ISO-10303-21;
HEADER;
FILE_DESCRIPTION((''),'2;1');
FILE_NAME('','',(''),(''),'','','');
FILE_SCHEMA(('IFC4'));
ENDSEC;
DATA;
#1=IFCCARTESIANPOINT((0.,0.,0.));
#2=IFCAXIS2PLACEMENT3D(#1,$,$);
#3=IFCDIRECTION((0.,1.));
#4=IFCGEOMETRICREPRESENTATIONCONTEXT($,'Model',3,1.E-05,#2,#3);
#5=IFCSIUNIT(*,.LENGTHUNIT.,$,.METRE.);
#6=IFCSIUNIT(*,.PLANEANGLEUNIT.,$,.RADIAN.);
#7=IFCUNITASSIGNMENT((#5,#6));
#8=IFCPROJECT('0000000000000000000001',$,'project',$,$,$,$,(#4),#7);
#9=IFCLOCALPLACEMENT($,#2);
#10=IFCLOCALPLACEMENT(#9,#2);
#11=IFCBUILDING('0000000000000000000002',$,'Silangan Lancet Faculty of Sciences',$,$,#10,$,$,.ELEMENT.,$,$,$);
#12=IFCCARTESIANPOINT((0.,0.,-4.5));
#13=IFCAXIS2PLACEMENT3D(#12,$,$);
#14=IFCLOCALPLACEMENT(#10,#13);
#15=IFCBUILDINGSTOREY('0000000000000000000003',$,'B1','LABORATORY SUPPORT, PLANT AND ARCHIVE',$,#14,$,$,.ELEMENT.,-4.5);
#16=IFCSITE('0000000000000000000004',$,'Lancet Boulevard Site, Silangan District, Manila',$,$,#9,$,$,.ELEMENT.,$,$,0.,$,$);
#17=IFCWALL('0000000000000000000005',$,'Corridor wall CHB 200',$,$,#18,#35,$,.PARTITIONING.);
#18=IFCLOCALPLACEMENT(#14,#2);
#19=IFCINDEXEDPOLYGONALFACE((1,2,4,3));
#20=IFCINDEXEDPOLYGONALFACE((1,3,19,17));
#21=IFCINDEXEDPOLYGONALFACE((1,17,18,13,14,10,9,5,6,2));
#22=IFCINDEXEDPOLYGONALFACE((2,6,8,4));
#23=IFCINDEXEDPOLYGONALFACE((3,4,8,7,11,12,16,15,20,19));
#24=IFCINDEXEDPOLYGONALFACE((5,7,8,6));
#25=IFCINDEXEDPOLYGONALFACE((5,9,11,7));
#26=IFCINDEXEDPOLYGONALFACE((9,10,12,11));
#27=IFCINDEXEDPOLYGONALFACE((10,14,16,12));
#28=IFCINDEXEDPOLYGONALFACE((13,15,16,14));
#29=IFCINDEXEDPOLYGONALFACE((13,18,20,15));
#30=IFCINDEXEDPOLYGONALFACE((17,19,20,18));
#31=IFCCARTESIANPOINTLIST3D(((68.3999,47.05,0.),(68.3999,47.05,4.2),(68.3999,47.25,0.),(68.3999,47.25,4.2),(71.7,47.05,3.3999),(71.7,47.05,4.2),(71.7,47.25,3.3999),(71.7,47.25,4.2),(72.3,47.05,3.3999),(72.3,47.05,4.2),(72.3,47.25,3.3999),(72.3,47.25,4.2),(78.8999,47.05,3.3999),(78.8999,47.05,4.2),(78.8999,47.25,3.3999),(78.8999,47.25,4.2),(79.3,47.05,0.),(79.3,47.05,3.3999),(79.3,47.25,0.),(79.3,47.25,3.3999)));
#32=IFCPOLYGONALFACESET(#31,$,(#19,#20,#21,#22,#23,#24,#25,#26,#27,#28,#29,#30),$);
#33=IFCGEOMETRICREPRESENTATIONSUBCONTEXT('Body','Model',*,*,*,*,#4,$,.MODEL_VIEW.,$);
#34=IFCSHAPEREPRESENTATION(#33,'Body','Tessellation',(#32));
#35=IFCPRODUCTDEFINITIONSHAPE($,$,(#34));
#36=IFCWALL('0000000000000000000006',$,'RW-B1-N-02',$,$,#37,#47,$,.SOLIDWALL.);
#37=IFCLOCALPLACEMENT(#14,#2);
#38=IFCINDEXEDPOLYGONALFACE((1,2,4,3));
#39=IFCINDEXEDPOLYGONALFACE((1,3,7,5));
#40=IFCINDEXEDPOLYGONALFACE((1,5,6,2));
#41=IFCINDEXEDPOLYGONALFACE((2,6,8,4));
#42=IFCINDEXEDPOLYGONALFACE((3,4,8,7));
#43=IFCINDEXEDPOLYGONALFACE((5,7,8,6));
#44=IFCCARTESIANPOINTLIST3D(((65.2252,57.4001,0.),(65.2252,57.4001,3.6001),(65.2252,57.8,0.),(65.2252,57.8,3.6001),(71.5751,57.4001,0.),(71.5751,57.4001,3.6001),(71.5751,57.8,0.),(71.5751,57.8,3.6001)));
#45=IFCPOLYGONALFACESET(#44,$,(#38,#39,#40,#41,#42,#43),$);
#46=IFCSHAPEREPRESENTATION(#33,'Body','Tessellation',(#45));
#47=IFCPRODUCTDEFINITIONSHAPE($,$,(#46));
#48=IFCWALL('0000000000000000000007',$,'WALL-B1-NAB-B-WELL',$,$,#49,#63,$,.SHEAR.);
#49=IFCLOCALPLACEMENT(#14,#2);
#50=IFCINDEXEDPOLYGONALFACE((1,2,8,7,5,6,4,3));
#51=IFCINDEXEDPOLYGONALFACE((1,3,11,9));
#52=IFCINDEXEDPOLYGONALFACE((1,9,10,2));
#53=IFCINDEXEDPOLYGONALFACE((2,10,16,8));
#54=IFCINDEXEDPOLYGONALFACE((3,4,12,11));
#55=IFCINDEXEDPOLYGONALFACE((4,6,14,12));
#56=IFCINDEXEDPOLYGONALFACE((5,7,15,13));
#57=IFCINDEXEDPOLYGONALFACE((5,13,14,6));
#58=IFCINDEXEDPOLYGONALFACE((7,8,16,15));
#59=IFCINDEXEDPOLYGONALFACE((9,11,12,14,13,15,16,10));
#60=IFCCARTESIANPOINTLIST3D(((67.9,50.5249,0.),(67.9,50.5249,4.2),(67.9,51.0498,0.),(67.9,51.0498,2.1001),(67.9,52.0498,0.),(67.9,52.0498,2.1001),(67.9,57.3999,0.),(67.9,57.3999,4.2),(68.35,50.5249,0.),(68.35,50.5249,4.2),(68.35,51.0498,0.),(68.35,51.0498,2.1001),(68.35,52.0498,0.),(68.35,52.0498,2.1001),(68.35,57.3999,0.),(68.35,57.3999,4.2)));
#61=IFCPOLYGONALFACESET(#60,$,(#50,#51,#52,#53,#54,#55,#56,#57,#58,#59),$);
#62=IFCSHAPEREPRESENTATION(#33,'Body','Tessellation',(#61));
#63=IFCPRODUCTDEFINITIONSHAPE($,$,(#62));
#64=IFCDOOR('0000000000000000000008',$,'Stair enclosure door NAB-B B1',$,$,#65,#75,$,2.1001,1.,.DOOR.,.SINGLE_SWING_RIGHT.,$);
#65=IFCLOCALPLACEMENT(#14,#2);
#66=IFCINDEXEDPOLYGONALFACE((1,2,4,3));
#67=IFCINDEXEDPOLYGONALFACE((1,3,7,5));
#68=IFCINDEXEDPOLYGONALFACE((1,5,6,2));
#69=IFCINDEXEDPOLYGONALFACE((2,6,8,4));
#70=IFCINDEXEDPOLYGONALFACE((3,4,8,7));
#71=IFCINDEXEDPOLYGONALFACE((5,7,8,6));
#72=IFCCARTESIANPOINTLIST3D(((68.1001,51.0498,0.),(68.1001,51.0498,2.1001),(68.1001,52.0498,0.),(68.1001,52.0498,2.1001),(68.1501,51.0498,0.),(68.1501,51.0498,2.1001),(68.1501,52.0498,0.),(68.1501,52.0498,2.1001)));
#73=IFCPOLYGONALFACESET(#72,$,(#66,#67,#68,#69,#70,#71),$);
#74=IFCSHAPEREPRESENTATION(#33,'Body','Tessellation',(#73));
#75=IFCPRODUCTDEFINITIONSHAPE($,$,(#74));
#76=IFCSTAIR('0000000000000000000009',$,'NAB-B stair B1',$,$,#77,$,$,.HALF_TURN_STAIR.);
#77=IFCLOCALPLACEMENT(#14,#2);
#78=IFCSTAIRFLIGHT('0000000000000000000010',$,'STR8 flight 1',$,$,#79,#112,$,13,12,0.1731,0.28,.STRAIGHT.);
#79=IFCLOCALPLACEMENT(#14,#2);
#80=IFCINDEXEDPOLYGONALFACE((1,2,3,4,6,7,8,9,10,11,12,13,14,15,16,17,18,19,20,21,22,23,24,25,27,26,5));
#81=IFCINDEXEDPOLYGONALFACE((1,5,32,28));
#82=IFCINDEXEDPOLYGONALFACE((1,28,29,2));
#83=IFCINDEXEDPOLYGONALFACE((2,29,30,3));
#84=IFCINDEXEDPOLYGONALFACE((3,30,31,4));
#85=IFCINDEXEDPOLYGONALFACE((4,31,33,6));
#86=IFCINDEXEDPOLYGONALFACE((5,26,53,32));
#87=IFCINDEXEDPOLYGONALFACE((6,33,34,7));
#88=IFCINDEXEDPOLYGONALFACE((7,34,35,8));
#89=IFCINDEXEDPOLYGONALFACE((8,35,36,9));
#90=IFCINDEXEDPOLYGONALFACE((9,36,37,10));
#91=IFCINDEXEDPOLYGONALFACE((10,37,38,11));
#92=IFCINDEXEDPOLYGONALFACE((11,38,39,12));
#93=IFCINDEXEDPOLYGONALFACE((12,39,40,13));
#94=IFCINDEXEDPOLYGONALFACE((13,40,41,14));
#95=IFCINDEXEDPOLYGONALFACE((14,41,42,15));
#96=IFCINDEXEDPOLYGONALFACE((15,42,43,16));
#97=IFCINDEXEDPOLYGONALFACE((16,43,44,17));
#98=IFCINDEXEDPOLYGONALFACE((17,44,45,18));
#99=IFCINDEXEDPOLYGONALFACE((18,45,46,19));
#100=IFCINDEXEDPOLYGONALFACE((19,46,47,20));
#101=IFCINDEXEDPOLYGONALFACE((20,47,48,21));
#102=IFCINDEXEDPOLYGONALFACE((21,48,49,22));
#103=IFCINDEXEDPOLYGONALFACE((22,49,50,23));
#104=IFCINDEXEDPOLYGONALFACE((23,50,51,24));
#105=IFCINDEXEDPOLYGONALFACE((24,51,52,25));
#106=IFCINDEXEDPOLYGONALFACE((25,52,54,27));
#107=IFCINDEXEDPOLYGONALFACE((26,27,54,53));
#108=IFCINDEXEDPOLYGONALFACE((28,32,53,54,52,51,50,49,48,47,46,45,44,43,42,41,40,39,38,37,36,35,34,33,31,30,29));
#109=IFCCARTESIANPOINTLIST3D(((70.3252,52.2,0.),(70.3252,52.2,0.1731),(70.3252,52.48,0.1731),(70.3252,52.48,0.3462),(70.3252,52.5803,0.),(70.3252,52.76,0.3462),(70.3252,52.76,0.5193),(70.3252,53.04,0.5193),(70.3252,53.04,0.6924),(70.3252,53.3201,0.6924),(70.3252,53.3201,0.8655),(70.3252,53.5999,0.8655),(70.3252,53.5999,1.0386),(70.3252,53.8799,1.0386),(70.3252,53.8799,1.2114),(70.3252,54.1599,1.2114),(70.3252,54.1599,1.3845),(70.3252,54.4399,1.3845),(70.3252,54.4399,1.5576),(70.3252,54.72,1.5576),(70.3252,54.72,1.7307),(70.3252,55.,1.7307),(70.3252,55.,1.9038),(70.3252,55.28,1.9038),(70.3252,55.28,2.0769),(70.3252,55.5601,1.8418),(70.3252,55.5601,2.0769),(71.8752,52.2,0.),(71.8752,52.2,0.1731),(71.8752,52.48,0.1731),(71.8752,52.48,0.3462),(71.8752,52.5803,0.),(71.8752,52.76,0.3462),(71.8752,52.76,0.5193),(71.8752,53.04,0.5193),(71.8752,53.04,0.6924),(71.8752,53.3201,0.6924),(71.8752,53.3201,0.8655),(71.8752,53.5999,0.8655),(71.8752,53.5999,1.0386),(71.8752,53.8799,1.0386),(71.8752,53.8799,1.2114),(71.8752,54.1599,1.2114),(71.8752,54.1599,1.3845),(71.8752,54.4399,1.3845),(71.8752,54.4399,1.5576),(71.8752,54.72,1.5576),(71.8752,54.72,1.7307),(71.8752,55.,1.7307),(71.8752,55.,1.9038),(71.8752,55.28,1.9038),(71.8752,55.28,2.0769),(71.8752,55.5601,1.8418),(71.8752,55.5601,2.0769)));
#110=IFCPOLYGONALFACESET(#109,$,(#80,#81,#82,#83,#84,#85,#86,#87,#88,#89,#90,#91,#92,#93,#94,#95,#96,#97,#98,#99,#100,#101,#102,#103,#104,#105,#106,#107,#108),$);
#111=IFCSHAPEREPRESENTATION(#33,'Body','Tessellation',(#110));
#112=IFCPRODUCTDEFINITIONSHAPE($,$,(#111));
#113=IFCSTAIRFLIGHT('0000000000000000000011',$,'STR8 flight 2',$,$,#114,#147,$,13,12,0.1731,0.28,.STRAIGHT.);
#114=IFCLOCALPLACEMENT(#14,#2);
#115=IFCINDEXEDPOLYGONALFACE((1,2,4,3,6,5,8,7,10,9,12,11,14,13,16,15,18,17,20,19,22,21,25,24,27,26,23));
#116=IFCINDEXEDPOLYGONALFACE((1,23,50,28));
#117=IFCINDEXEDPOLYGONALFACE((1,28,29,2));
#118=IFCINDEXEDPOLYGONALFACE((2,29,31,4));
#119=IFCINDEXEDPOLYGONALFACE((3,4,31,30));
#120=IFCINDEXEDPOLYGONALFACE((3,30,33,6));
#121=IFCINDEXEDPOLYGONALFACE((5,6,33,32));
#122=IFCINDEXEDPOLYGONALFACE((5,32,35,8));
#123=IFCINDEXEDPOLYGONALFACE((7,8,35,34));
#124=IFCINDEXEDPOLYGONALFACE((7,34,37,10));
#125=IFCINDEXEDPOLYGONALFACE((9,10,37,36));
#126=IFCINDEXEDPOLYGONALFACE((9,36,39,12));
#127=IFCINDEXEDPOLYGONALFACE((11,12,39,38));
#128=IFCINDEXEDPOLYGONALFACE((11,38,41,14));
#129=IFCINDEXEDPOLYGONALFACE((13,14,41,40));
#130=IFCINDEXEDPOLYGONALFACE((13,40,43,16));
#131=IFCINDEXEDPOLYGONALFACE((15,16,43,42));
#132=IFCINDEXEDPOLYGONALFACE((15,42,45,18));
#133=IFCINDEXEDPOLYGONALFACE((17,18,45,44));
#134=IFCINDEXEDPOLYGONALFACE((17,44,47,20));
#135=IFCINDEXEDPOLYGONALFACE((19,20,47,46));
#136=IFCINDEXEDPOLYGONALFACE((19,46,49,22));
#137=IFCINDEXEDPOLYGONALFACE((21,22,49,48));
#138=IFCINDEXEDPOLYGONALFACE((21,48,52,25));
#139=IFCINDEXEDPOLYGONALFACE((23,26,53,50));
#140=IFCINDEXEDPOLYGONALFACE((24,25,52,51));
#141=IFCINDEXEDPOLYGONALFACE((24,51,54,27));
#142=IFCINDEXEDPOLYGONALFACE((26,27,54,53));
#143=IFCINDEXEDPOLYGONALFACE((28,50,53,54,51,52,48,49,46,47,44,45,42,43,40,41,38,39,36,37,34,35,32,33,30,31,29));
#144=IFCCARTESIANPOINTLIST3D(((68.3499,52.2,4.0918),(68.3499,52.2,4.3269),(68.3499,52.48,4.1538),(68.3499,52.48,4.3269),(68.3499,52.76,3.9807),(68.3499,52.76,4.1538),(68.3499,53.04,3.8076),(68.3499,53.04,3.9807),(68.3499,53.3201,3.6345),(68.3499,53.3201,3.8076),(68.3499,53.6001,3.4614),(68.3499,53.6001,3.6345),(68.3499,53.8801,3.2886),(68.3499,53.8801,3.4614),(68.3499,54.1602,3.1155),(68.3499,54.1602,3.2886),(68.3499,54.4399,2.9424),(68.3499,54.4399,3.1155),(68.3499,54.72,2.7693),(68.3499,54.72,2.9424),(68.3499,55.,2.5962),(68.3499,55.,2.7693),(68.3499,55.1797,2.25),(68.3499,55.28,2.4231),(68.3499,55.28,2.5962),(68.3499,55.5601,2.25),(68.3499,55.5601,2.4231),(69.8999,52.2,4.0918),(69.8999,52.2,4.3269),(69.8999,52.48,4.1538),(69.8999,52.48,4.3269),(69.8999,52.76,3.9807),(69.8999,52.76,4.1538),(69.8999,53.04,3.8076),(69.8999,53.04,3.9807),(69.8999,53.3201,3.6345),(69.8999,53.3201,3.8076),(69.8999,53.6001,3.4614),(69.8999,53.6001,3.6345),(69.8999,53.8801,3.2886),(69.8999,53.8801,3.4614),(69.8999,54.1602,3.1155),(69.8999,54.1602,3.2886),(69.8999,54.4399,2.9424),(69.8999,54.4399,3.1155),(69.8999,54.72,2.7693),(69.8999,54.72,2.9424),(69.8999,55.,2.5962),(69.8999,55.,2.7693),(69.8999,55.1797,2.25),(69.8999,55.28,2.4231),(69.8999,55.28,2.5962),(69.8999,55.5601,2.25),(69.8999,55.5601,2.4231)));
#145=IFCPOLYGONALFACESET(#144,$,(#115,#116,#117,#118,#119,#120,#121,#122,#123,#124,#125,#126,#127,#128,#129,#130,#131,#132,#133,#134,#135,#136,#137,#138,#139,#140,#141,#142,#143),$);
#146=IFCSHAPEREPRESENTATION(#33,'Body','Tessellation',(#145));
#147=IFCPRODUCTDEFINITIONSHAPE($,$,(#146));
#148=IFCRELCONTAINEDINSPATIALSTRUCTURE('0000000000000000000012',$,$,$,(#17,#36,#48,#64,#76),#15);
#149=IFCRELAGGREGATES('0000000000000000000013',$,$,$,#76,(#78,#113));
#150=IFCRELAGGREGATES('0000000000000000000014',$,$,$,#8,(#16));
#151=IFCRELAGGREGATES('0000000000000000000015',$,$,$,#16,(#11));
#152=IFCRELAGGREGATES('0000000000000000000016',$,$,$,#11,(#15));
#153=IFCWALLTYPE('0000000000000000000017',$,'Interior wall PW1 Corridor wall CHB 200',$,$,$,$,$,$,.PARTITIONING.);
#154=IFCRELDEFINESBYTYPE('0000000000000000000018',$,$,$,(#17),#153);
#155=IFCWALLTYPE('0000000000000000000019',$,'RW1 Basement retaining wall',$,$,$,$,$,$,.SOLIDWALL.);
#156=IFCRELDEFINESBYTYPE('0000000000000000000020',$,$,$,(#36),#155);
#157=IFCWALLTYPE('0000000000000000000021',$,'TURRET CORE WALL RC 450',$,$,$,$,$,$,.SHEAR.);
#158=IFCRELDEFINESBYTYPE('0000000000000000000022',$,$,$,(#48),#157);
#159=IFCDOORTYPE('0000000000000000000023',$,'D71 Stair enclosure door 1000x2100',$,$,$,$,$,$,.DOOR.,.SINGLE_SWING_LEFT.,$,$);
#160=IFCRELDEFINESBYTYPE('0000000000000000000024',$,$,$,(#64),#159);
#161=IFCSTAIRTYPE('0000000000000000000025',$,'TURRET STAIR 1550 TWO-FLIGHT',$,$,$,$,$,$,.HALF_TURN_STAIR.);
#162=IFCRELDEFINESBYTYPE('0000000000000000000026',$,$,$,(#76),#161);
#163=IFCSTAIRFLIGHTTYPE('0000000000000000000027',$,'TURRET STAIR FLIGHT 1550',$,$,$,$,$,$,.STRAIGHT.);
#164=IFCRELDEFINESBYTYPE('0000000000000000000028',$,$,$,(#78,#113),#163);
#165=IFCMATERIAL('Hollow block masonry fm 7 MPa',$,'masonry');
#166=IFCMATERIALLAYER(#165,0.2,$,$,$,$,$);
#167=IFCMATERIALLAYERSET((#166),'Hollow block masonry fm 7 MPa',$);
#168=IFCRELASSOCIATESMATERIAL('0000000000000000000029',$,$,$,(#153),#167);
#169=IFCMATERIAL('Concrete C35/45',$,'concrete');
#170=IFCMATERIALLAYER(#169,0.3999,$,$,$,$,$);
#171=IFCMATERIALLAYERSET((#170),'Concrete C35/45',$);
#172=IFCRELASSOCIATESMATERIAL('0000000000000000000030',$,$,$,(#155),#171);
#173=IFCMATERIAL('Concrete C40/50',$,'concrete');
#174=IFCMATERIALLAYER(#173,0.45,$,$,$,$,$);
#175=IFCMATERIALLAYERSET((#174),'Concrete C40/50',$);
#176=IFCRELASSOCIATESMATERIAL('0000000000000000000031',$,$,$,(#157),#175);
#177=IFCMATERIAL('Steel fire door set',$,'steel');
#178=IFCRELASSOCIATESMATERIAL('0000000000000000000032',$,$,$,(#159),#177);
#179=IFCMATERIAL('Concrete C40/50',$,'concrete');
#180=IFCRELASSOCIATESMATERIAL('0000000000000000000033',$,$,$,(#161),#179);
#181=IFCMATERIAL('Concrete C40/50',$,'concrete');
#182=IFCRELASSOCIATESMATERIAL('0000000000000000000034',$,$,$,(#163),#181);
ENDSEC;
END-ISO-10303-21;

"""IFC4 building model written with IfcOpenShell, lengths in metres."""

from ifc_helpers import new_model, si_unit, direction, frame, frame_2d, origin, place, context, subcontext, project, spatial, polyline, rectangle, outline, extrude, material, layer, layer_set, type_object, element, fill, aggregate, save


model = new_model("IFC4")

# Units and contexts
model_context = context("Model", 3, precision=1e-05, world=origin(), true_north=direction((0.0, 1.0)))
body_context = subcontext(model_context, "Body", "Model", "MODEL_VIEW")
ifc_project = project(units=[si_unit("LENGTHUNIT", "METRE"), si_unit("PLANEANGLEUNIT", "RADIAN")], contexts=[model_context])

# Site, building, storey
site_placement = place(None, origin())
site = spatial("IfcSite", under=ifc_project, at=site_placement, Name="Lancet Boulevard Site, Silangan District, Manila", CompositionType="ELEMENT", RefElevation=0.0)
building_placement = place(site_placement, origin())
building = spatial("IfcBuilding", under=site, at=building_placement, Name="Silangan Lancet Faculty of Sciences", CompositionType="ELEMENT")
storey_placement = place(building_placement, frame((0.0, 0.0, -4.5)))
storey = spatial("IfcBuildingStorey", under=building, at=storey_placement, Name="B1", Description="LABORATORY SUPPORT, PLANT AND ARCHIVE", CompositionType="ELEMENT", Elevation=-4.5)

# Walls
ifc_material_1 = material(Name="Hollow block masonry fm 7 MPa", Category="masonry")
ifc_layer_1 = layer(ifc_material_1, 0.2)
ifc_layer_set_1 = layer_set([ifc_layer_1], Name="Hollow block masonry fm 7 MPa")
wall_type_1 = type_object("IfcWallType", Name="Interior wall PW1 Corridor wall CHB 200", PredefinedType="PARTITIONING", material=ifc_layer_set_1)
wall_1_placement = place(storey_placement, frame((68.3999, 47.1499, 0.0), z_axis=(0.0, 0.0, 1.0), x_axis=(1.0, 0.0, 0.0)))
element("IfcWall", 1, at=wall_1_placement, inside=storey, type_object=wall_type_1, Name="Corridor wall CHB 200", PredefinedType="PARTITIONING", context=body_context, shape_type="SweptSolid", body=[
    extrude(outline(polyline([(0.0, 0.0), (10.9001, 0.0), (10.9001, 3.3999), (10.5, 3.3999), (10.5, 4.2), (3.9001, 4.2), (3.9001, 3.3999), (3.3, 3.3999), (3.3, 4.2), (0.0, 4.2), (0.0, 0.0)])), frame((0.0, 0.1001, 0.0), z_axis=(0.0, -1.0, 0.0), x_axis=(1.0, 0.0, 0.0)), (0.0, 0.0, 1.0), 0.2),
])
ifc_material_2 = material(Name="Concrete C35/45", Category="concrete")
ifc_layer_2 = layer(ifc_material_2, 0.3999)
ifc_layer_set_2 = layer_set([ifc_layer_2], Name="Concrete C35/45")
wall_type_2 = type_object("IfcWallType", Name="RW1 Basement retaining wall", PredefinedType="SOLIDWALL", material=ifc_layer_set_2)
wall_2_placement = place(storey_placement, frame((71.575, 57.6001, 0.0), z_axis=(0.0, 0.0, 1.0), x_axis=(-1.0, 0.0, 0.0)))
element("IfcWall", 2, at=wall_2_placement, inside=storey, type_object=wall_type_2, Name="RW-B1-N-02", PredefinedType="SOLIDWALL", context=body_context, shape_type="SweptSolid", body=[
    extrude(rectangle(XDim=6.3499, YDim=0.3999, at=frame_2d((3.1748, 0.0))), origin(), (0.0, 0.0, 1.0), 3.6001),
])

# Wall, opening, door
ifc_material_3 = material(Name="Concrete C40/50", Category="concrete")
ifc_layer_3 = layer(ifc_material_3, 0.45)
ifc_layer_set_3 = layer_set([ifc_layer_3], Name="Concrete C40/50")
wall_type_3 = type_object("IfcWallType", Name="TURRET CORE WALL RC 450", PredefinedType="SHEAR", material=ifc_layer_set_3)
wall_3_placement = place(storey_placement, frame((68.125, 50.5249, 0.0), z_axis=(0.0, 0.0, 1.0), x_axis=(0.0, 1.0, 0.0)))
wall_3 = element("IfcWall", 3, at=wall_3_placement, inside=storey, type_object=wall_type_3, Name="WALL-B1-NAB-B-WELL", PredefinedType="SHEAR", context=body_context, shape_type="SweptSolid", body=[
    extrude(rectangle(XDim=6.875, YDim=0.45, at=frame_2d((3.4375, 0.0))), origin(), (0.0, 0.0, 1.0), 4.2),
])
opening_placement = place(wall_3_placement, frame((0.5249, 0.0, 0.0)))
opening = element("IfcOpeningElement", 4, at=opening_placement, cuts=wall_3, PredefinedType="OPENING", context=body_context, shape_type="SweptSolid", body=[
    extrude(rectangle(XDim=1.0, YDim=2.1001, at=frame_2d((0.5, 1.05))), frame((0.0, 0.2349, 0.0), z_axis=(0.0, -1.0, 0.0), x_axis=(1.0, 0.0, 0.0)), (0.0, 0.0, 1.0), 0.47),
])
ifc_material_4 = material(Name="Steel fire door set", Category="steel")
door_type = type_object("IfcDoorType", Name="D71 Stair enclosure door 1000x2100", OperationType="SINGLE_SWING_LEFT", PredefinedType="DOOR", material=ifc_material_4)
door_placement = place(opening_placement, frame((1.0, 0.0, 0.0), z_axis=(0.0, 0.0, 1.0), x_axis=(-1.0, 0.0, 0.0)))
door = element("IfcDoor", 5, at=door_placement, inside=storey, type_object=door_type, Name="Stair enclosure door NAB-B B1", OperationType="SINGLE_SWING_RIGHT", OverallHeight=2.1001, OverallWidth=1.0, PredefinedType="DOOR", context=body_context, shape_type="SweptSolid", body=[
    extrude(rectangle(XDim=1.0, YDim=2.1001, at=frame_2d((0.5, 1.05))), frame((0.0, 0.0251, 0.0), z_axis=(0.0, -1.0, 0.0), x_axis=(1.0, 0.0, 0.0)), (0.0, 0.0, 1.0), 0.05),
])
fill(opening, door)

# Stair, stair flights
ifc_material_5 = material(Name="Concrete C40/50", Category="concrete")
stair_type = type_object("IfcStairType", Name="TURRET STAIR 1550 TWO-FLIGHT", PredefinedType="HALF_TURN_STAIR", material=ifc_material_5)
stair_placement = place(storey_placement, origin())
stair = element("IfcStair", 6, at=stair_placement, inside=storey, type_object=stair_type, Name="NAB-B stair B1", PredefinedType="HALF_TURN_STAIR")
ifc_material_6 = material(Name="Concrete C40/50", Category="concrete")
stair_flight_type = type_object("IfcStairFlightType", Name="TURRET STAIR FLIGHT 1550", PredefinedType="STRAIGHT", material=ifc_material_6)
stair_flight_1_placement = place(storey_placement, frame((71.1001, 52.2, 0.0), z_axis=(0.0, 0.0, 1.0), x_axis=(0.0, 1.0, 0.0)))
stair_flight_1 = element("IfcStairFlight", 7, at=stair_flight_1_placement, type_object=stair_flight_type, Name="STR8 flight 1", NumberOfRisers=13, NumberOfTreads=12, PredefinedType="STRAIGHT", RiserHeight=0.1731, TreadLength=0.28, context=body_context, shape_type="SweptSolid", body=[
    extrude(outline(polyline([(0.0, 0.0), (0.0, 0.1731), (0.28, 0.1731), (0.28, 0.3462), (0.5601, 0.3462), (0.5601, 0.5193), (0.8401, 0.5193), (0.8401, 0.6924), (1.1201, 0.6924), (1.1201, 0.8655), (1.3999, 0.8655), (1.3999, 1.0386), (1.6799, 1.0386), (1.6799, 1.2114), (1.96, 1.2114), (1.96, 1.3845), (2.24, 1.3845), (2.24, 1.5576), (2.52, 1.5576), (2.52, 1.7307), (2.8, 1.7307), (2.8, 1.9038), (3.0801, 1.9038), (3.0801, 2.0769), (3.3601, 2.0769), (3.3601, 2.25), (3.3601, 1.8418), (0.3804, 0.0), (0.0, 0.0)])), frame((0.0, 0.7749, 0.0), z_axis=(0.0, -1.0, 0.0), x_axis=(1.0, 0.0, 0.0)), (0.0, 0.0, 1.0), 1.55),
])
stair_flight_2_placement = place(storey_placement, frame((69.125, 55.5601, 2.25), z_axis=(0.0, 0.0, 1.0), x_axis=(0.0, -1.0, 0.0)))
stair_flight_2 = element("IfcStairFlight", 8, at=stair_flight_2_placement, type_object=stair_flight_type, Name="STR8 flight 2", NumberOfRisers=13, NumberOfTreads=12, PredefinedType="STRAIGHT", RiserHeight=0.1731, TreadLength=0.28, context=body_context, shape_type="SweptSolid", body=[
    extrude(outline(polyline([(0.0, 0.0), (0.0, 0.1731), (0.28, 0.1731), (0.28, 0.3462), (0.5601, 0.3462), (0.5601, 0.5193), (0.8401, 0.5193), (0.8401, 0.6924), (1.1201, 0.6924), (1.1201, 0.8655), (1.3999, 0.8655), (1.3999, 1.0386), (1.6799, 1.0386), (1.6799, 1.2114), (1.96, 1.2114), (1.96, 1.3845), (2.24, 1.3845), (2.24, 1.5576), (2.52, 1.5576), (2.52, 1.7307), (2.8, 1.7307), (2.8, 1.9038), (3.0801, 1.9038), (3.0801, 2.0769), (3.3601, 2.0769), (3.3601, 2.25), (3.3601, 1.8418), (0.3804, 0.0), (0.0, 0.0)])), frame((0.0, 0.7749, 0.0), z_axis=(0.0, -1.0, 0.0), x_axis=(1.0, 0.0, 0.0)), (0.0, 0.0, 1.0), 1.55),
])
aggregate(stair, [stair_flight_1, stair_flight_2])

save(model, "model.ifc")
